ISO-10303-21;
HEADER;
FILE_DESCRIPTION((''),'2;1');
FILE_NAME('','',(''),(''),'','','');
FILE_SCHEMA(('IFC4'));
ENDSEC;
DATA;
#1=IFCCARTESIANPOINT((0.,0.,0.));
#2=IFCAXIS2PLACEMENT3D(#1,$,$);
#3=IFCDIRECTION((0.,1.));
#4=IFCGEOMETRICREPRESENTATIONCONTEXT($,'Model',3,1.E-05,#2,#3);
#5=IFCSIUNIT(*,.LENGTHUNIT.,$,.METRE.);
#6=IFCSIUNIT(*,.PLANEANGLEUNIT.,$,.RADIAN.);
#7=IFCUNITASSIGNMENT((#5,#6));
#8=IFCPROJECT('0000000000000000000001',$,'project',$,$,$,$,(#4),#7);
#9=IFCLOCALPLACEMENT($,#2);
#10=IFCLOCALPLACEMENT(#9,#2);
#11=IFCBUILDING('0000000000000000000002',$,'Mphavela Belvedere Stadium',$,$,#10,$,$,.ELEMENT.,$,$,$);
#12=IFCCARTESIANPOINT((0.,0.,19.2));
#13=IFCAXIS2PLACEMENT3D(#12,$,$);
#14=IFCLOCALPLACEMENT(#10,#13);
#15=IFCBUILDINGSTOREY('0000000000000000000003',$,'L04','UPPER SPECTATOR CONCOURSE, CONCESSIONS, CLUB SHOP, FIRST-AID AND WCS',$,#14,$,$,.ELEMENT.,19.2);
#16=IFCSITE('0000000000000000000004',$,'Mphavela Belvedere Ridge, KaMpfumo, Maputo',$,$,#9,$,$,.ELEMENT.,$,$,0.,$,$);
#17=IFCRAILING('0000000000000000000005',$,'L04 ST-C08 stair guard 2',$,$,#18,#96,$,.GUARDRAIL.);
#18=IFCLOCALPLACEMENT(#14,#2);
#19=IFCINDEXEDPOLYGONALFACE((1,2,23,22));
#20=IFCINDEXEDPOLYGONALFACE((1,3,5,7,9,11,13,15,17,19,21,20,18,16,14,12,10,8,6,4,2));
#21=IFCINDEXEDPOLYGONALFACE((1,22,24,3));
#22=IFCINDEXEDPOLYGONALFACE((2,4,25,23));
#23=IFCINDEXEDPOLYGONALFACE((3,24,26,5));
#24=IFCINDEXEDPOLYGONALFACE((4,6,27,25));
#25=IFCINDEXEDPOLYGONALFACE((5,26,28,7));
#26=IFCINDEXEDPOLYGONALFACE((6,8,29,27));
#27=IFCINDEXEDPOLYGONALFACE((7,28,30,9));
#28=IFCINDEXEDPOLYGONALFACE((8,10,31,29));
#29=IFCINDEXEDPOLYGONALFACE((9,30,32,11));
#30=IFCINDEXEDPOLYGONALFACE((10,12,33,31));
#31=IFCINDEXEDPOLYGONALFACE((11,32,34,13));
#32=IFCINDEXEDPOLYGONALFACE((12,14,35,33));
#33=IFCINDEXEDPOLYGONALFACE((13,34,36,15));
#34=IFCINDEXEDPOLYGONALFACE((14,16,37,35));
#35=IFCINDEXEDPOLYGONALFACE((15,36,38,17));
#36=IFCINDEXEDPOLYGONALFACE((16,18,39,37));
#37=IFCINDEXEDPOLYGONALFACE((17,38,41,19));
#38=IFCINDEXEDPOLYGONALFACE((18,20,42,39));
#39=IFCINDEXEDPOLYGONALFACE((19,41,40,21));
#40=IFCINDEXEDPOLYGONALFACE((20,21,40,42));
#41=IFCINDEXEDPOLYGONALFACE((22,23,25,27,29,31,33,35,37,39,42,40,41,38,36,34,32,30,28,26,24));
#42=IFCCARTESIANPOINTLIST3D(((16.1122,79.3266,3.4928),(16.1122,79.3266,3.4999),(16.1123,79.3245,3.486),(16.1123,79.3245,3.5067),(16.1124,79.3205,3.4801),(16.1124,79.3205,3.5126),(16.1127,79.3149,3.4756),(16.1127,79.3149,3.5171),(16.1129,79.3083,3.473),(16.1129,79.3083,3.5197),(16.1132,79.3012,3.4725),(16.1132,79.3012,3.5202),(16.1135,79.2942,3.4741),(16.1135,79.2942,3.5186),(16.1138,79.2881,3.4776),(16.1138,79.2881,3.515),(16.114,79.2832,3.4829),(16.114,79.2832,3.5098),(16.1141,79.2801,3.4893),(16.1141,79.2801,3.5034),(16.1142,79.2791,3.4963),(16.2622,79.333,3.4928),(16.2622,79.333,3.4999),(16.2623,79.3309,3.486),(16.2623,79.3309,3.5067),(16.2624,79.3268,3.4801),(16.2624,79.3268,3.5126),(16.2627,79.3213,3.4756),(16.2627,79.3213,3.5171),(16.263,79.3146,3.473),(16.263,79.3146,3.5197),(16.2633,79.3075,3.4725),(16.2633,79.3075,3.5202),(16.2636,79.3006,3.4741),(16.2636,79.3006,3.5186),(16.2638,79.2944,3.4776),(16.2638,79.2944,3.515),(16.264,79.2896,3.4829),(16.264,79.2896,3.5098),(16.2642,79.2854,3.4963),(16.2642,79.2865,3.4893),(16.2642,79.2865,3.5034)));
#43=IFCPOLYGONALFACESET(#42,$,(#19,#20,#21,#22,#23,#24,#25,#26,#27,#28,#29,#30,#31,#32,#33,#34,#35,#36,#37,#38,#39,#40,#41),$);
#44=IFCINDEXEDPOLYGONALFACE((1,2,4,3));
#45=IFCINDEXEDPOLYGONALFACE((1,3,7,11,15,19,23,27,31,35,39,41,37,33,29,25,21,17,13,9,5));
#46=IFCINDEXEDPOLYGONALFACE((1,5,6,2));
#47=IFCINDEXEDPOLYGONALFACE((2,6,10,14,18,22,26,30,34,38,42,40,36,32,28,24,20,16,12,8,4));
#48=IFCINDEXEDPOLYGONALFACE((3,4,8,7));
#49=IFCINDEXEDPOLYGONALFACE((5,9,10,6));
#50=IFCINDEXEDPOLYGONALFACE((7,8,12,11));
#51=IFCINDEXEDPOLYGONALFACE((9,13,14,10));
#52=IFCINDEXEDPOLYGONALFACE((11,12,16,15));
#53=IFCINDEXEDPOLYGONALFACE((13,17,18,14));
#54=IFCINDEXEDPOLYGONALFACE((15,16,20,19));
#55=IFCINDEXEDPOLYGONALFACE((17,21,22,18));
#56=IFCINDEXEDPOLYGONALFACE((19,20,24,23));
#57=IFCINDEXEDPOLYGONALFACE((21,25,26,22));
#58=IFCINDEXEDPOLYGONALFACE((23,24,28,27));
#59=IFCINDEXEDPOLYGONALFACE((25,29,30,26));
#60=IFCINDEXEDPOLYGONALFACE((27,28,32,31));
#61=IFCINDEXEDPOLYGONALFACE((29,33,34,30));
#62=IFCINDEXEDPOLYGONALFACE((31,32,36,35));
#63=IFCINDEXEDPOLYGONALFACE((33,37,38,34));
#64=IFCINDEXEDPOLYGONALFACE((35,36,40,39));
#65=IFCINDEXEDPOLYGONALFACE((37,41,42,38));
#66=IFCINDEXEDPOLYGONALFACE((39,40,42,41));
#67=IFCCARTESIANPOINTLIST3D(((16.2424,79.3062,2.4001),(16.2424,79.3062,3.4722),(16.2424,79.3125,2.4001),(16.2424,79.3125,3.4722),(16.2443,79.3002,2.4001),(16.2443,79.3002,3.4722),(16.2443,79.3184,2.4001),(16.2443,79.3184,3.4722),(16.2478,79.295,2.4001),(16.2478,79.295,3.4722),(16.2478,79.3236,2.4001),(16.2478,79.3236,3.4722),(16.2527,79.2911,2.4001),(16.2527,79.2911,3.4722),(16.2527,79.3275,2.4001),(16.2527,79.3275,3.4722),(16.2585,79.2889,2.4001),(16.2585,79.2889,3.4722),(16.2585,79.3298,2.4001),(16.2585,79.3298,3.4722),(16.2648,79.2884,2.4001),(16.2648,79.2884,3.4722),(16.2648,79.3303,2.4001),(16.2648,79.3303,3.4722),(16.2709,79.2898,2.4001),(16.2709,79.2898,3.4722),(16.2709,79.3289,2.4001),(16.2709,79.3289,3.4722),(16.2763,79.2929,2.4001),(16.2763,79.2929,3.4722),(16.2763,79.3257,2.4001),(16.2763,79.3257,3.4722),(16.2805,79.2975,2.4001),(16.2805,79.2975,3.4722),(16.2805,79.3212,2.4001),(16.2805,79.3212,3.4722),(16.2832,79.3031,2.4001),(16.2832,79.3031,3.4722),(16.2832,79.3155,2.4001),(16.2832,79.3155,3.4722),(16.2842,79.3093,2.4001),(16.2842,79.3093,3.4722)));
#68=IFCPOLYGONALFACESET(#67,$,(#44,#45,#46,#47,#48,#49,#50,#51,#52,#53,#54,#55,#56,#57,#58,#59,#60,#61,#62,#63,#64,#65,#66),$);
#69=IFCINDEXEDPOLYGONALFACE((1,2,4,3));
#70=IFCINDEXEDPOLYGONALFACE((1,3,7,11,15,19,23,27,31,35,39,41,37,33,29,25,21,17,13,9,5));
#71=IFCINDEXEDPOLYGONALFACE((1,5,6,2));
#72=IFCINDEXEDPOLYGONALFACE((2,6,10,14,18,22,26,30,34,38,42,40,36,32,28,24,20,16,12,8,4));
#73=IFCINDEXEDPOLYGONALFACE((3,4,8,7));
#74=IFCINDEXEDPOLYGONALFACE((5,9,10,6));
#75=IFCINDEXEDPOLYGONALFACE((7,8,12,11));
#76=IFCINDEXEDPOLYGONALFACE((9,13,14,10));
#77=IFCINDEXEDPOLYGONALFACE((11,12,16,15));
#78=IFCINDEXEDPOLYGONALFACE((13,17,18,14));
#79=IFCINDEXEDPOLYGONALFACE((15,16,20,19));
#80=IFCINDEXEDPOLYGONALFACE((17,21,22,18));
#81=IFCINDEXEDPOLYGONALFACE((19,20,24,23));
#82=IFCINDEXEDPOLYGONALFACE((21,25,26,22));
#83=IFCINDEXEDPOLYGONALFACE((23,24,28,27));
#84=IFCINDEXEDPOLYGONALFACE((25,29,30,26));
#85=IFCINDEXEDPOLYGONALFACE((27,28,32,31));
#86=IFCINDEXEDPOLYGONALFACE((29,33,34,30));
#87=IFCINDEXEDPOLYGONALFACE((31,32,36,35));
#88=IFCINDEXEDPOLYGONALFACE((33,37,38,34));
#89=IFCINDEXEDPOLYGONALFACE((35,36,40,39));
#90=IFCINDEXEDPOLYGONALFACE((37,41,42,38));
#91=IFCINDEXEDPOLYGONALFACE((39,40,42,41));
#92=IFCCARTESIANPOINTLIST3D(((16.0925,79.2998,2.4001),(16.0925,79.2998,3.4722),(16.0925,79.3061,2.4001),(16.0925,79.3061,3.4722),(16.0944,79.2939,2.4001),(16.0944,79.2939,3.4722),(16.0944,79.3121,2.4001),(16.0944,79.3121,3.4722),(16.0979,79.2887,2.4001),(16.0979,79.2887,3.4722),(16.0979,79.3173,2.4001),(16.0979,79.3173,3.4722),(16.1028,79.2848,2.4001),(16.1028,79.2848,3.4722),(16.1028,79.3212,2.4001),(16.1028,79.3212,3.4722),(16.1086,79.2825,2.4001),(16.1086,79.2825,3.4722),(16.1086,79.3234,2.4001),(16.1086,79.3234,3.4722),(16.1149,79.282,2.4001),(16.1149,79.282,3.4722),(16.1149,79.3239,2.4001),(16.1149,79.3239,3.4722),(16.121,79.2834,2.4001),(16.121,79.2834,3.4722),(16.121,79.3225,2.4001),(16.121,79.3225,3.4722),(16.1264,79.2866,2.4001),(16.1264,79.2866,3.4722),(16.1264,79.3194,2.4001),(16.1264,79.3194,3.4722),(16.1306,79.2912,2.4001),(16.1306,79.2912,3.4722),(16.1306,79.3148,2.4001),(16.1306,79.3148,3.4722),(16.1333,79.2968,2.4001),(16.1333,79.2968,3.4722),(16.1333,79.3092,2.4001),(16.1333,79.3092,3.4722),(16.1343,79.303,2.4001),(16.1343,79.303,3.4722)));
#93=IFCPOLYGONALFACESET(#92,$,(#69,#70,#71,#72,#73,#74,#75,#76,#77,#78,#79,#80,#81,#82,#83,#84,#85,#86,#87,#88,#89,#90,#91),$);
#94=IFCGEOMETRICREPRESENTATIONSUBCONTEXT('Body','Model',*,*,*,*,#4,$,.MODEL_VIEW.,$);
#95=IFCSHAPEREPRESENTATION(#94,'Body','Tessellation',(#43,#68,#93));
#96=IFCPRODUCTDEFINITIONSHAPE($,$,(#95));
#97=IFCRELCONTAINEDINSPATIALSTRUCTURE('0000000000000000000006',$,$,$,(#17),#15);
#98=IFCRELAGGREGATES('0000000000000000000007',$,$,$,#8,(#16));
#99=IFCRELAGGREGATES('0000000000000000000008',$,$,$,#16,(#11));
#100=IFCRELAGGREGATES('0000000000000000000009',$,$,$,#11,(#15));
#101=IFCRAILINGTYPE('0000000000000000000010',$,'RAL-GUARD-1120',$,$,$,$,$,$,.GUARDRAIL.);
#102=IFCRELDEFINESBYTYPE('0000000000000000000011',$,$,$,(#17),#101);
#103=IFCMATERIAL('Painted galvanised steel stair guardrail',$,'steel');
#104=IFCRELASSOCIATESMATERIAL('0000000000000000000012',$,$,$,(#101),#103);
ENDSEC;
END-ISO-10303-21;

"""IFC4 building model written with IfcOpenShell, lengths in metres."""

from ifc_helpers import new_model, si_unit, direction, frame, origin, origin_2d, place, context, subcontext, project, spatial, circle, extrude, material, type_object, element, save


model = new_model("IFC4")

# Units and contexts
model_context = context("Model", 3, precision=1e-05, world=origin(), true_north=direction((0.0, 1.0)))
body_context = subcontext(model_context, "Body", "Model", "MODEL_VIEW")
ifc_project = project(units=[si_unit("LENGTHUNIT", "METRE"), si_unit("PLANEANGLEUNIT", "RADIAN")], contexts=[model_context])

# Site, building, storey
site_placement = place(None, origin())
site = spatial("IfcSite", under=ifc_project, at=site_placement, Name="Mphavela Belvedere Ridge, KaMpfumo, Maputo", CompositionType="ELEMENT", RefElevation=0.0)
building_placement = place(site_placement, origin())
building = spatial("IfcBuilding", under=site, at=building_placement, Name="Mphavela Belvedere Stadium", CompositionType="ELEMENT")
storey_placement = place(building_placement, frame((0.0, 0.0, 19.2)))
storey = spatial("IfcBuildingStorey", under=building, at=storey_placement, Name="L04", Description="UPPER SPECTATOR CONCOURSE, CONCESSIONS, CLUB SHOP, FIRST-AID AND WCS", CompositionType="ELEMENT", Elevation=19.2)

# Railing
ifc_material_1 = material(Name="Painted galvanised steel stair guardrail", Category="steel")
railing_type_1 = type_object("IfcRailingType", Name="RAL-GUARD-1120", PredefinedType="GUARDRAIL", material=ifc_material_1)
railing_1_placement = place(storey_placement, frame((16.2632, 79.3093, 2.4001)))
element("IfcRailing", 1, at=railing_1_placement, inside=storey, type_object=railing_type_1, Name="L04 ST-C08 stair guard 2", PredefinedType="GUARDRAIL", context=body_context, shape_type="SweptSolid", body=[
    extrude(circle(Radius=0.0239, at=origin_2d()), frame((0.0, 0.0, 1.0962), z_axis=(-0.999105, -0.042307, 0.0), x_axis=(0.042307, -0.999105, 0.0)), (0.0, 0.0, 1.0), 0.1501),
    extrude(circle(Radius=0.021, at=origin_2d()), origin(), (0.0, 0.0, 1.0), 1.072),
    extrude(circle(Radius=0.021, at=origin_2d()), frame((-0.1499, -0.0063, 0.0)), (0.0, 0.0, 1.0), 1.072),
])

save(model, "model.ifc")
